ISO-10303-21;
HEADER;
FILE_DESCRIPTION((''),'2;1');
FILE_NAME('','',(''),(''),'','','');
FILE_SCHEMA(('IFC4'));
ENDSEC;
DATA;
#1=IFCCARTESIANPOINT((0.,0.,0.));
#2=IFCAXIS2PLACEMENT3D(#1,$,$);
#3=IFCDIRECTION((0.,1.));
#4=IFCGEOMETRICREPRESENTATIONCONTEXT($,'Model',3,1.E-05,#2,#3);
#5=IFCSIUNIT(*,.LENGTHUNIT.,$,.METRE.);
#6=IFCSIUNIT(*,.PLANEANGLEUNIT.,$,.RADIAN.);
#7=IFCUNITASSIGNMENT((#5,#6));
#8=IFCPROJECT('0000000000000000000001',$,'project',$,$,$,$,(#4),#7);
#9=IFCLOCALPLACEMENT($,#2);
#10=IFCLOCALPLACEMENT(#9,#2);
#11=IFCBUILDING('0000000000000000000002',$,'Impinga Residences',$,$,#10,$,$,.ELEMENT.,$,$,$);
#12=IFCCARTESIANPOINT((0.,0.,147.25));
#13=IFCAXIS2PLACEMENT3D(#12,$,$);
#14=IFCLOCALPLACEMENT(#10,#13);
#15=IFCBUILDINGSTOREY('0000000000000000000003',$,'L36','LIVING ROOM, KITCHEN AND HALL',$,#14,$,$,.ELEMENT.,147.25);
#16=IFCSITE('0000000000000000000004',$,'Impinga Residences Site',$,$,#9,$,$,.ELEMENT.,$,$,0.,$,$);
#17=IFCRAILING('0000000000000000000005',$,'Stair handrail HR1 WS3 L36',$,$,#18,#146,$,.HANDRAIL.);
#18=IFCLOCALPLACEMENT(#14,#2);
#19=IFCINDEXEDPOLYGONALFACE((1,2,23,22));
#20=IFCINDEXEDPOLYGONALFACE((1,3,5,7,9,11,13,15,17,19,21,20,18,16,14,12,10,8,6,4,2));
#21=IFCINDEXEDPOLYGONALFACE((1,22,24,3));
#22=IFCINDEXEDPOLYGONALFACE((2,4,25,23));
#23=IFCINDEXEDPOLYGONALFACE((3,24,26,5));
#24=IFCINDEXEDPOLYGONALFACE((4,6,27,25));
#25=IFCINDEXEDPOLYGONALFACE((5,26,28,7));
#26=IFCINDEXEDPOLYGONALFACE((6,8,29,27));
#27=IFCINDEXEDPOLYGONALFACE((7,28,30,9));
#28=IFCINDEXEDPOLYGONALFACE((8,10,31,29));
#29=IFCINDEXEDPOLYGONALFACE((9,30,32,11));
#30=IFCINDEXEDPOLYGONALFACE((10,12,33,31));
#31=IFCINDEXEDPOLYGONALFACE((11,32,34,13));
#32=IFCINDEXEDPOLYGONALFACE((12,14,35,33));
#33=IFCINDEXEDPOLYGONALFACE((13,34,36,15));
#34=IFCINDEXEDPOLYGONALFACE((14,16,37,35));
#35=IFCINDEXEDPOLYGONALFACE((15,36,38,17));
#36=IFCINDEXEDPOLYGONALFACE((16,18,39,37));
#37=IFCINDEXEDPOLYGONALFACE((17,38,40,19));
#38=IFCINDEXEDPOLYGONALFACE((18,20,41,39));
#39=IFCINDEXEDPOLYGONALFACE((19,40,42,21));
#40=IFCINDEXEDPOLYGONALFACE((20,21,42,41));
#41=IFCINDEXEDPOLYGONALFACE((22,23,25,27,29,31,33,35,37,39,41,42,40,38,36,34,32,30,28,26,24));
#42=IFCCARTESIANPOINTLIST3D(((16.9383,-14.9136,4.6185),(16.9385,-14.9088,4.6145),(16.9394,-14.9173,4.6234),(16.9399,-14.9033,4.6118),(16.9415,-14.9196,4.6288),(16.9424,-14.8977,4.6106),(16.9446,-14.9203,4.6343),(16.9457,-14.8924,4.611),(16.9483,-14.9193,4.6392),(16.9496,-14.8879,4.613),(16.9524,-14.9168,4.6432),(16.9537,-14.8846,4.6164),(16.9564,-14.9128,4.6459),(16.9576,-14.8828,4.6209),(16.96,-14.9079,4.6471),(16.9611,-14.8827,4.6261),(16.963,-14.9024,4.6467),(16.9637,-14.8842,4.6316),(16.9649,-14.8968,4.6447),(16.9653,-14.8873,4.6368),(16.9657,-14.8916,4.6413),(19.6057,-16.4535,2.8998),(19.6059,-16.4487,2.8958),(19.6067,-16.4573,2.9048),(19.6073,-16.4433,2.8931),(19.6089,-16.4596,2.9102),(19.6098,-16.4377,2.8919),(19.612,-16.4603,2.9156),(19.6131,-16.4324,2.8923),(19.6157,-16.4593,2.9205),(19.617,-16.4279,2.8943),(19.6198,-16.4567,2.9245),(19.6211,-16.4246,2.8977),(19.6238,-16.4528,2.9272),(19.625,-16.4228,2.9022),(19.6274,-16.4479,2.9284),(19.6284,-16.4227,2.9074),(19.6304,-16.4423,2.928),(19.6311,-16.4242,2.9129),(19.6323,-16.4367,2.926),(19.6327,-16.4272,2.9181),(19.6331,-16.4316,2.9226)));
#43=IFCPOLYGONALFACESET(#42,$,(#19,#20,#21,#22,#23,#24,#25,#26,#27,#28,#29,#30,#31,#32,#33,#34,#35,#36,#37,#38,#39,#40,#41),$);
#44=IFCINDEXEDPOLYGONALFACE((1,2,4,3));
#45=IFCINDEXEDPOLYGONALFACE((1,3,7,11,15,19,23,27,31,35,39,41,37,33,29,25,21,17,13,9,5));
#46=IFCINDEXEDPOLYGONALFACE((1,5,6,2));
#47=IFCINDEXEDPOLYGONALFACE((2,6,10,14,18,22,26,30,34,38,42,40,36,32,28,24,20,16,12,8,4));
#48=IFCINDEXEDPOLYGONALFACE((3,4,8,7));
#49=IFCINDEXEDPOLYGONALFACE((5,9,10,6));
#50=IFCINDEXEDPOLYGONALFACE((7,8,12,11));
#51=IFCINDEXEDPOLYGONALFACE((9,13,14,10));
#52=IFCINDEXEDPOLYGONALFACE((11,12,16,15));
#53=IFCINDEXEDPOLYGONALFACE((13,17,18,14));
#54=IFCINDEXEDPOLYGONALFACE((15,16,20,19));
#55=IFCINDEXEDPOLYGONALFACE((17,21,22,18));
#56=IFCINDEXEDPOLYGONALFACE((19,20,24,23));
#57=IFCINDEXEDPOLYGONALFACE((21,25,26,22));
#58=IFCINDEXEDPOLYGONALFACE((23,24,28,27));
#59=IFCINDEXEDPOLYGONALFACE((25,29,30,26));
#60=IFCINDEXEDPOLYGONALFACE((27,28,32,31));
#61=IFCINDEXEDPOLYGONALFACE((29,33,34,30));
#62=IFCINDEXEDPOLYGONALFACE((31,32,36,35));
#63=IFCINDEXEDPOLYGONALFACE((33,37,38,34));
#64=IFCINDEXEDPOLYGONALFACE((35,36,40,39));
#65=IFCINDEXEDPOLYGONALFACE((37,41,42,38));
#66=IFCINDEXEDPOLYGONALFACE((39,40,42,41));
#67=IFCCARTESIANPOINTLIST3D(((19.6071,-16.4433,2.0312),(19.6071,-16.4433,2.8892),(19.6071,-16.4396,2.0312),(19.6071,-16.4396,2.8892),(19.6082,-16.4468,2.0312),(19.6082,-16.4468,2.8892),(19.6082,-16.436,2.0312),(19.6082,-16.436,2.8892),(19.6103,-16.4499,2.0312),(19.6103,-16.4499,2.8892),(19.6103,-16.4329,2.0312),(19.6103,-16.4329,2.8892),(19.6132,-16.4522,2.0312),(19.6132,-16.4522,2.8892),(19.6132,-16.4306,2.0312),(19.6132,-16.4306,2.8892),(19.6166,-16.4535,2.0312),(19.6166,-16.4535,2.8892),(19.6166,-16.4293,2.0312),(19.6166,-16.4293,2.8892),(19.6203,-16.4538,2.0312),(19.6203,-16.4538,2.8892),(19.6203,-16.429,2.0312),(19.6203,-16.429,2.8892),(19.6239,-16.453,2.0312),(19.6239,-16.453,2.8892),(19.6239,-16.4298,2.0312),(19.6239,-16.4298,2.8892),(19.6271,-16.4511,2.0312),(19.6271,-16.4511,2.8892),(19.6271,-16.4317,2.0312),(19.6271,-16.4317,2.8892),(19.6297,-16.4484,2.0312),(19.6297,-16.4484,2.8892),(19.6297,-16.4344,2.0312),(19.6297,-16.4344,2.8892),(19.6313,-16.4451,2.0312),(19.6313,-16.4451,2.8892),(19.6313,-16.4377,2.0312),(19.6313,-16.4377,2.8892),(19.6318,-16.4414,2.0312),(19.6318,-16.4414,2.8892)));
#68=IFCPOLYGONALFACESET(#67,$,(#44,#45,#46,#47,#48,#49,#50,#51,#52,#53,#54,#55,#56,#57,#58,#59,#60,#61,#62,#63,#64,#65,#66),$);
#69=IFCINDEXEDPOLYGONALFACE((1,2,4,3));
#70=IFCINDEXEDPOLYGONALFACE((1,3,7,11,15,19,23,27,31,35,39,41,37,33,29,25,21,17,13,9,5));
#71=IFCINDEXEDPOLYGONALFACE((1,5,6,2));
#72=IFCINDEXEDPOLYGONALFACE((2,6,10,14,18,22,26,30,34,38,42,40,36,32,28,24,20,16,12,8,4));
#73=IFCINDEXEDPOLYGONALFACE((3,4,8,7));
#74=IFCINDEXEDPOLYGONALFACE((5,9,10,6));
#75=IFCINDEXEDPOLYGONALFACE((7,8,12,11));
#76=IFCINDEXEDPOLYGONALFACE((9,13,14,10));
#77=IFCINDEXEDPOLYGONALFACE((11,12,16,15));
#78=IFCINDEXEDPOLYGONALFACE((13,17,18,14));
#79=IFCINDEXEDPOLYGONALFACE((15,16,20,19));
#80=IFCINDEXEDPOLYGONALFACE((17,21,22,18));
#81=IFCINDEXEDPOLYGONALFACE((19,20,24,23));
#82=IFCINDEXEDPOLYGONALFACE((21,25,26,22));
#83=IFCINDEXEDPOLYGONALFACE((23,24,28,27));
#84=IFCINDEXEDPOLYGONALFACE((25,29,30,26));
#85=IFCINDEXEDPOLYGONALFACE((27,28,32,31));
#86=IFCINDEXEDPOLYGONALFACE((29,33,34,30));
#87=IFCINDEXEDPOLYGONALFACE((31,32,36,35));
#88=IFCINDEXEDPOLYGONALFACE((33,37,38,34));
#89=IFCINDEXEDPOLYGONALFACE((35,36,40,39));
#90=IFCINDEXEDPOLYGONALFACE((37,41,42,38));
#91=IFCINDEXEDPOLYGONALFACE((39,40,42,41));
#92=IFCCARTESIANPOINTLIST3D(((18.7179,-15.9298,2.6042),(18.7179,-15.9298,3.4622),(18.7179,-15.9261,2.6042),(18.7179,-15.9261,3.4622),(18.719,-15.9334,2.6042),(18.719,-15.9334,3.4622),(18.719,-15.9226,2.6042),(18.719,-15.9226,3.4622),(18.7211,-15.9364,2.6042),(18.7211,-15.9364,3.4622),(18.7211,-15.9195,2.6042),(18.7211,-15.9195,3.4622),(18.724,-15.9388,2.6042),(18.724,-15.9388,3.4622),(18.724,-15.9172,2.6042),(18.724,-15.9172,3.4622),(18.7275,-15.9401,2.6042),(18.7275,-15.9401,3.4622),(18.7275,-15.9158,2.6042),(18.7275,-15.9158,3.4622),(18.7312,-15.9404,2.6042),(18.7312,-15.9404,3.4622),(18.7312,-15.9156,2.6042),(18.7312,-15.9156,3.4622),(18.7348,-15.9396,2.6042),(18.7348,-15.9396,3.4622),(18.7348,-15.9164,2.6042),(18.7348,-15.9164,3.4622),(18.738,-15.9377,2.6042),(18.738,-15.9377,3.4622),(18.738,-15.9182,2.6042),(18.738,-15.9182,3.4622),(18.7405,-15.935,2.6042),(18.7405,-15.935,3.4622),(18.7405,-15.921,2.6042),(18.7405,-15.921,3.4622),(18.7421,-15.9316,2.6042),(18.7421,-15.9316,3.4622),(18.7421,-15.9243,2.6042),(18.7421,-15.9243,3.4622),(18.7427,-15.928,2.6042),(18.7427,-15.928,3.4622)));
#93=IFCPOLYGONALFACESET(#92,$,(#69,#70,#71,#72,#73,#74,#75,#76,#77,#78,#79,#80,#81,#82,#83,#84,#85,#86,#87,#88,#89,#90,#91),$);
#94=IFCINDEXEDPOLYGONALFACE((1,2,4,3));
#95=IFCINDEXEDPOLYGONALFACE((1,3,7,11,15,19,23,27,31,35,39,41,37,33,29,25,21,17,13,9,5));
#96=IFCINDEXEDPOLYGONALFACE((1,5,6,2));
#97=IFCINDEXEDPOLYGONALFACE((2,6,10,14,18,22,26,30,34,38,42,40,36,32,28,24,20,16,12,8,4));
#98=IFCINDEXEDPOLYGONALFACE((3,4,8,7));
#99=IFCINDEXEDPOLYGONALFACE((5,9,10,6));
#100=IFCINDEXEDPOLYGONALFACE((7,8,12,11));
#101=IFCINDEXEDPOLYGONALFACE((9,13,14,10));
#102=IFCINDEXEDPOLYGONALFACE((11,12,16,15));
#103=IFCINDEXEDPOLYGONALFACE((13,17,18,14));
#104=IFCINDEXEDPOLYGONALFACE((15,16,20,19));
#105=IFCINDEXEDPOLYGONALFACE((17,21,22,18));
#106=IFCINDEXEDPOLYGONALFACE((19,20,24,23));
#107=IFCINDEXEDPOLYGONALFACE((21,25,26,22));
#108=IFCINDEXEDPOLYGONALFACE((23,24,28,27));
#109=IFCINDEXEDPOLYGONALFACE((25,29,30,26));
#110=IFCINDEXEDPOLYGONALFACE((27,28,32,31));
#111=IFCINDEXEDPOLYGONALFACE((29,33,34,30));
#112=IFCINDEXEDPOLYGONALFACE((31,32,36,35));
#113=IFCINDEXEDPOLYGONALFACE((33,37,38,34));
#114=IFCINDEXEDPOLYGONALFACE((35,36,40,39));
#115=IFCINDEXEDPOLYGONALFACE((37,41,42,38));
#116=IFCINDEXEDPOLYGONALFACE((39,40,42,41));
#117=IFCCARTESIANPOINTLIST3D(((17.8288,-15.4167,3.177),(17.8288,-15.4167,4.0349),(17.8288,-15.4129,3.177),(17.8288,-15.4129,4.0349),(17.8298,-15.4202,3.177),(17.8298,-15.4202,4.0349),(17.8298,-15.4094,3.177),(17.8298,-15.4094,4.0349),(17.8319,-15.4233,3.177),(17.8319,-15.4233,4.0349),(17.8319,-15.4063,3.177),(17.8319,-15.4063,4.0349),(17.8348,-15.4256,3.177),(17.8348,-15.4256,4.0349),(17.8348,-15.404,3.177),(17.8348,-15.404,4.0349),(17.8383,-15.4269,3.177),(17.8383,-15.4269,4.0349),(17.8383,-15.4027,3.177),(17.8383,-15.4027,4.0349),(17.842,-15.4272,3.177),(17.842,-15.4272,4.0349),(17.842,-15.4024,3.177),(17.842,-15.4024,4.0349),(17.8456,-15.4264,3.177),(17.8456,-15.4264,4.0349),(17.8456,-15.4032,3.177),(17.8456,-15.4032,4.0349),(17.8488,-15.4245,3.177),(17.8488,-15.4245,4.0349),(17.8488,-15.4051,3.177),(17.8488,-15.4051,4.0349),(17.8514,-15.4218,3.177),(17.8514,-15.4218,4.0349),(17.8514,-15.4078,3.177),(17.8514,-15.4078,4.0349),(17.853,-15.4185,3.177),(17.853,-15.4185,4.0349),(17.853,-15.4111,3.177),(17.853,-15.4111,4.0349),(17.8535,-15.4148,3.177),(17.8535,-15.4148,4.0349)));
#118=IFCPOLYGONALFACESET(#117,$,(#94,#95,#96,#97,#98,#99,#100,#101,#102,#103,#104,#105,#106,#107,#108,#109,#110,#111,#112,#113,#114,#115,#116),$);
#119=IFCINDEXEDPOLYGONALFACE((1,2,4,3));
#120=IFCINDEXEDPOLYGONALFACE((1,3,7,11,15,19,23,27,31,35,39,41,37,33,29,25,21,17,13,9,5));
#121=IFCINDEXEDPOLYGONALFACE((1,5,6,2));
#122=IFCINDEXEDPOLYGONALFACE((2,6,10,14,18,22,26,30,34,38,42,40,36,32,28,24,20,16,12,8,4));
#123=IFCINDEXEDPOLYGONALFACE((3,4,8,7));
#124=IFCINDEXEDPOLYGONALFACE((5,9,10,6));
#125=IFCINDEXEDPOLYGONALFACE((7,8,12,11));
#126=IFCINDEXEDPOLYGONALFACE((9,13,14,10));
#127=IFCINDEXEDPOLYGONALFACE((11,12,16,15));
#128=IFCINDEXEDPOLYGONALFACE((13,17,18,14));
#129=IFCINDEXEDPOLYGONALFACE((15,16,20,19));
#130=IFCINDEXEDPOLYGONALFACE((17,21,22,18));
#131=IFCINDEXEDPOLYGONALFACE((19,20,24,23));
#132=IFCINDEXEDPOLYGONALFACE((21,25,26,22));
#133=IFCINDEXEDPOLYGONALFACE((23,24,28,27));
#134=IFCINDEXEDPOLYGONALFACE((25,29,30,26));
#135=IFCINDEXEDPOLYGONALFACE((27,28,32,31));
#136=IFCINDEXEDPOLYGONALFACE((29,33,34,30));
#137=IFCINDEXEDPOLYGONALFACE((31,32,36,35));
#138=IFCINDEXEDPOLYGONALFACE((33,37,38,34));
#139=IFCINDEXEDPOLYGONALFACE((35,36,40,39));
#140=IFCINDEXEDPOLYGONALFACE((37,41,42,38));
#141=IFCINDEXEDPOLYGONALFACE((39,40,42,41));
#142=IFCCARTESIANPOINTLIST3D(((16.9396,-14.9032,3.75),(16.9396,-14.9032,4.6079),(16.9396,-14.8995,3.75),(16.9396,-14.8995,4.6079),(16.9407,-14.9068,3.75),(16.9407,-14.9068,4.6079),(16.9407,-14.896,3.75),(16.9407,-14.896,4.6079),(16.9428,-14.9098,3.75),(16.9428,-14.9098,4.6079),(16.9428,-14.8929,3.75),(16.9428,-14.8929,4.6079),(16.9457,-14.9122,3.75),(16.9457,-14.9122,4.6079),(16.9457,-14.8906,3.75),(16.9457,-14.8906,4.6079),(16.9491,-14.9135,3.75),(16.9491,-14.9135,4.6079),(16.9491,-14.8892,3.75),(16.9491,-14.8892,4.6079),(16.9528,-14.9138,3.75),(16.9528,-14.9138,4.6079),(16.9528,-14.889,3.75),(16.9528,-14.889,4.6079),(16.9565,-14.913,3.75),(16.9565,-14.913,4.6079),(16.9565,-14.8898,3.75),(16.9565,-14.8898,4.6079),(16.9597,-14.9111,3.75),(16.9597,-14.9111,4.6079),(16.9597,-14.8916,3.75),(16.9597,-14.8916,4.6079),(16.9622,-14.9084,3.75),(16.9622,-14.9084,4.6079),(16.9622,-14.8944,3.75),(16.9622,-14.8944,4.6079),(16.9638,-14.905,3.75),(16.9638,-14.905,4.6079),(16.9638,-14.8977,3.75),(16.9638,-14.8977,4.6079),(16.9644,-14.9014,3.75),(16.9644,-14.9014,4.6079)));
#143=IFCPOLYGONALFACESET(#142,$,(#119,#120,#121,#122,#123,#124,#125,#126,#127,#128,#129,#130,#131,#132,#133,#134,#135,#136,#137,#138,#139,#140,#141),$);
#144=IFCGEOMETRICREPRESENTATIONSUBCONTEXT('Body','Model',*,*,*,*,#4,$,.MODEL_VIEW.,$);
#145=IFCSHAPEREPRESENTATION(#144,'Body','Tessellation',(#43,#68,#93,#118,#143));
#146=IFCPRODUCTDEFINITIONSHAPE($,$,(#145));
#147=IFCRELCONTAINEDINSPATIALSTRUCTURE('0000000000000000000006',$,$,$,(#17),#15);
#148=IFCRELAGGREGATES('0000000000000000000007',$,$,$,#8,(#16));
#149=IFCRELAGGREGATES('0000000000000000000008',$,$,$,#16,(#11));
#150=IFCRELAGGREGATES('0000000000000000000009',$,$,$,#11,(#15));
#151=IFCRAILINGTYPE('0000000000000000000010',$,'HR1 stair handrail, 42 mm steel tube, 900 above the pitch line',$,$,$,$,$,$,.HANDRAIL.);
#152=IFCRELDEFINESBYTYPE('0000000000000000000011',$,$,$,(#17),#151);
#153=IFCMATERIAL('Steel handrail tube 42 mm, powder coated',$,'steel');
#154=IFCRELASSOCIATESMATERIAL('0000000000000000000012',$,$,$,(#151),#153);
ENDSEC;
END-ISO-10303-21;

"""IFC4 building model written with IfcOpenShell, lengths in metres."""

from ifc_helpers import new_model, si_unit, direction, frame, origin, origin_2d, place, context, subcontext, project, spatial, circle, extrude, material, type_object, element, save


model = new_model("IFC4")

# Units and contexts
model_context = context("Model", 3, precision=1e-05, world=origin(), true_north=direction((0.0, 1.0)))
body_context = subcontext(model_context, "Body", "Model", "MODEL_VIEW")
ifc_project = project(units=[si_unit("LENGTHUNIT", "METRE"), si_unit("PLANEANGLEUNIT", "RADIAN")], contexts=[model_context])

# Site, building, storey
site_placement = place(None, origin())
site = spatial("IfcSite", under=ifc_project, at=site_placement, Name="Impinga Residences Site", CompositionType="ELEMENT", RefElevation=0.0)
building_placement = place(site_placement, origin())
building = spatial("IfcBuilding", under=site, at=building_placement, Name="Impinga Residences", CompositionType="ELEMENT")
storey_placement = place(building_placement, frame((0.0, 0.0, 147.25)))
storey = spatial("IfcBuildingStorey", under=building, at=storey_placement, Name="L36", Description="LIVING ROOM, KITCHEN AND HALL", CompositionType="ELEMENT", Elevation=147.25)

# Railing
ifc_material_1 = material(Name="Steel handrail tube 42 mm, powder coated", Category="steel")
railing_type = type_object("IfcRailingType", Name="HR1 stair handrail, 42 mm steel tube, 900 above the pitch line", PredefinedType="HANDRAIL", material=ifc_material_1)
railing_1_placement = place(storey_placement, frame((19.6194, -16.4414, 2.0312)))
element("IfcRailing", 1, at=railing_1_placement, inside=storey, type_object=railing_type, Name="Stair handrail HR1 WS3 L36", PredefinedType="HANDRAIL", context=body_context, shape_type="SweptSolid", body=[
    extrude(circle(Radius=0.021, at=origin_2d()), frame((0.0, 0.0, 0.8789), z_axis=(-0.756256, 0.436616, 0.487282), x_axis=(-0.499992, -0.86603, 0.0)), (0.0, 0.0, 1.0), 3.5271),
    extrude(circle(Radius=0.0125, at=origin_2d()), origin(), (0.0, 0.0, 1.0), 0.8579),
    extrude(circle(Radius=0.0125, at=origin_2d()), frame((-0.8892, 0.5134, 0.573)), (0.0, 0.0, 1.0), 0.8579),
    extrude(circle(Radius=0.0125, at=origin_2d()), frame((-1.7783, 1.0266, 1.1458)), (0.0, 0.0, 1.0), 0.8579),
    extrude(circle(Radius=0.0125, at=origin_2d()), frame((-2.6675, 1.54, 1.7188)), (0.0, 0.0, 1.0), 0.8579),
])

save(model, "model.ifc")
